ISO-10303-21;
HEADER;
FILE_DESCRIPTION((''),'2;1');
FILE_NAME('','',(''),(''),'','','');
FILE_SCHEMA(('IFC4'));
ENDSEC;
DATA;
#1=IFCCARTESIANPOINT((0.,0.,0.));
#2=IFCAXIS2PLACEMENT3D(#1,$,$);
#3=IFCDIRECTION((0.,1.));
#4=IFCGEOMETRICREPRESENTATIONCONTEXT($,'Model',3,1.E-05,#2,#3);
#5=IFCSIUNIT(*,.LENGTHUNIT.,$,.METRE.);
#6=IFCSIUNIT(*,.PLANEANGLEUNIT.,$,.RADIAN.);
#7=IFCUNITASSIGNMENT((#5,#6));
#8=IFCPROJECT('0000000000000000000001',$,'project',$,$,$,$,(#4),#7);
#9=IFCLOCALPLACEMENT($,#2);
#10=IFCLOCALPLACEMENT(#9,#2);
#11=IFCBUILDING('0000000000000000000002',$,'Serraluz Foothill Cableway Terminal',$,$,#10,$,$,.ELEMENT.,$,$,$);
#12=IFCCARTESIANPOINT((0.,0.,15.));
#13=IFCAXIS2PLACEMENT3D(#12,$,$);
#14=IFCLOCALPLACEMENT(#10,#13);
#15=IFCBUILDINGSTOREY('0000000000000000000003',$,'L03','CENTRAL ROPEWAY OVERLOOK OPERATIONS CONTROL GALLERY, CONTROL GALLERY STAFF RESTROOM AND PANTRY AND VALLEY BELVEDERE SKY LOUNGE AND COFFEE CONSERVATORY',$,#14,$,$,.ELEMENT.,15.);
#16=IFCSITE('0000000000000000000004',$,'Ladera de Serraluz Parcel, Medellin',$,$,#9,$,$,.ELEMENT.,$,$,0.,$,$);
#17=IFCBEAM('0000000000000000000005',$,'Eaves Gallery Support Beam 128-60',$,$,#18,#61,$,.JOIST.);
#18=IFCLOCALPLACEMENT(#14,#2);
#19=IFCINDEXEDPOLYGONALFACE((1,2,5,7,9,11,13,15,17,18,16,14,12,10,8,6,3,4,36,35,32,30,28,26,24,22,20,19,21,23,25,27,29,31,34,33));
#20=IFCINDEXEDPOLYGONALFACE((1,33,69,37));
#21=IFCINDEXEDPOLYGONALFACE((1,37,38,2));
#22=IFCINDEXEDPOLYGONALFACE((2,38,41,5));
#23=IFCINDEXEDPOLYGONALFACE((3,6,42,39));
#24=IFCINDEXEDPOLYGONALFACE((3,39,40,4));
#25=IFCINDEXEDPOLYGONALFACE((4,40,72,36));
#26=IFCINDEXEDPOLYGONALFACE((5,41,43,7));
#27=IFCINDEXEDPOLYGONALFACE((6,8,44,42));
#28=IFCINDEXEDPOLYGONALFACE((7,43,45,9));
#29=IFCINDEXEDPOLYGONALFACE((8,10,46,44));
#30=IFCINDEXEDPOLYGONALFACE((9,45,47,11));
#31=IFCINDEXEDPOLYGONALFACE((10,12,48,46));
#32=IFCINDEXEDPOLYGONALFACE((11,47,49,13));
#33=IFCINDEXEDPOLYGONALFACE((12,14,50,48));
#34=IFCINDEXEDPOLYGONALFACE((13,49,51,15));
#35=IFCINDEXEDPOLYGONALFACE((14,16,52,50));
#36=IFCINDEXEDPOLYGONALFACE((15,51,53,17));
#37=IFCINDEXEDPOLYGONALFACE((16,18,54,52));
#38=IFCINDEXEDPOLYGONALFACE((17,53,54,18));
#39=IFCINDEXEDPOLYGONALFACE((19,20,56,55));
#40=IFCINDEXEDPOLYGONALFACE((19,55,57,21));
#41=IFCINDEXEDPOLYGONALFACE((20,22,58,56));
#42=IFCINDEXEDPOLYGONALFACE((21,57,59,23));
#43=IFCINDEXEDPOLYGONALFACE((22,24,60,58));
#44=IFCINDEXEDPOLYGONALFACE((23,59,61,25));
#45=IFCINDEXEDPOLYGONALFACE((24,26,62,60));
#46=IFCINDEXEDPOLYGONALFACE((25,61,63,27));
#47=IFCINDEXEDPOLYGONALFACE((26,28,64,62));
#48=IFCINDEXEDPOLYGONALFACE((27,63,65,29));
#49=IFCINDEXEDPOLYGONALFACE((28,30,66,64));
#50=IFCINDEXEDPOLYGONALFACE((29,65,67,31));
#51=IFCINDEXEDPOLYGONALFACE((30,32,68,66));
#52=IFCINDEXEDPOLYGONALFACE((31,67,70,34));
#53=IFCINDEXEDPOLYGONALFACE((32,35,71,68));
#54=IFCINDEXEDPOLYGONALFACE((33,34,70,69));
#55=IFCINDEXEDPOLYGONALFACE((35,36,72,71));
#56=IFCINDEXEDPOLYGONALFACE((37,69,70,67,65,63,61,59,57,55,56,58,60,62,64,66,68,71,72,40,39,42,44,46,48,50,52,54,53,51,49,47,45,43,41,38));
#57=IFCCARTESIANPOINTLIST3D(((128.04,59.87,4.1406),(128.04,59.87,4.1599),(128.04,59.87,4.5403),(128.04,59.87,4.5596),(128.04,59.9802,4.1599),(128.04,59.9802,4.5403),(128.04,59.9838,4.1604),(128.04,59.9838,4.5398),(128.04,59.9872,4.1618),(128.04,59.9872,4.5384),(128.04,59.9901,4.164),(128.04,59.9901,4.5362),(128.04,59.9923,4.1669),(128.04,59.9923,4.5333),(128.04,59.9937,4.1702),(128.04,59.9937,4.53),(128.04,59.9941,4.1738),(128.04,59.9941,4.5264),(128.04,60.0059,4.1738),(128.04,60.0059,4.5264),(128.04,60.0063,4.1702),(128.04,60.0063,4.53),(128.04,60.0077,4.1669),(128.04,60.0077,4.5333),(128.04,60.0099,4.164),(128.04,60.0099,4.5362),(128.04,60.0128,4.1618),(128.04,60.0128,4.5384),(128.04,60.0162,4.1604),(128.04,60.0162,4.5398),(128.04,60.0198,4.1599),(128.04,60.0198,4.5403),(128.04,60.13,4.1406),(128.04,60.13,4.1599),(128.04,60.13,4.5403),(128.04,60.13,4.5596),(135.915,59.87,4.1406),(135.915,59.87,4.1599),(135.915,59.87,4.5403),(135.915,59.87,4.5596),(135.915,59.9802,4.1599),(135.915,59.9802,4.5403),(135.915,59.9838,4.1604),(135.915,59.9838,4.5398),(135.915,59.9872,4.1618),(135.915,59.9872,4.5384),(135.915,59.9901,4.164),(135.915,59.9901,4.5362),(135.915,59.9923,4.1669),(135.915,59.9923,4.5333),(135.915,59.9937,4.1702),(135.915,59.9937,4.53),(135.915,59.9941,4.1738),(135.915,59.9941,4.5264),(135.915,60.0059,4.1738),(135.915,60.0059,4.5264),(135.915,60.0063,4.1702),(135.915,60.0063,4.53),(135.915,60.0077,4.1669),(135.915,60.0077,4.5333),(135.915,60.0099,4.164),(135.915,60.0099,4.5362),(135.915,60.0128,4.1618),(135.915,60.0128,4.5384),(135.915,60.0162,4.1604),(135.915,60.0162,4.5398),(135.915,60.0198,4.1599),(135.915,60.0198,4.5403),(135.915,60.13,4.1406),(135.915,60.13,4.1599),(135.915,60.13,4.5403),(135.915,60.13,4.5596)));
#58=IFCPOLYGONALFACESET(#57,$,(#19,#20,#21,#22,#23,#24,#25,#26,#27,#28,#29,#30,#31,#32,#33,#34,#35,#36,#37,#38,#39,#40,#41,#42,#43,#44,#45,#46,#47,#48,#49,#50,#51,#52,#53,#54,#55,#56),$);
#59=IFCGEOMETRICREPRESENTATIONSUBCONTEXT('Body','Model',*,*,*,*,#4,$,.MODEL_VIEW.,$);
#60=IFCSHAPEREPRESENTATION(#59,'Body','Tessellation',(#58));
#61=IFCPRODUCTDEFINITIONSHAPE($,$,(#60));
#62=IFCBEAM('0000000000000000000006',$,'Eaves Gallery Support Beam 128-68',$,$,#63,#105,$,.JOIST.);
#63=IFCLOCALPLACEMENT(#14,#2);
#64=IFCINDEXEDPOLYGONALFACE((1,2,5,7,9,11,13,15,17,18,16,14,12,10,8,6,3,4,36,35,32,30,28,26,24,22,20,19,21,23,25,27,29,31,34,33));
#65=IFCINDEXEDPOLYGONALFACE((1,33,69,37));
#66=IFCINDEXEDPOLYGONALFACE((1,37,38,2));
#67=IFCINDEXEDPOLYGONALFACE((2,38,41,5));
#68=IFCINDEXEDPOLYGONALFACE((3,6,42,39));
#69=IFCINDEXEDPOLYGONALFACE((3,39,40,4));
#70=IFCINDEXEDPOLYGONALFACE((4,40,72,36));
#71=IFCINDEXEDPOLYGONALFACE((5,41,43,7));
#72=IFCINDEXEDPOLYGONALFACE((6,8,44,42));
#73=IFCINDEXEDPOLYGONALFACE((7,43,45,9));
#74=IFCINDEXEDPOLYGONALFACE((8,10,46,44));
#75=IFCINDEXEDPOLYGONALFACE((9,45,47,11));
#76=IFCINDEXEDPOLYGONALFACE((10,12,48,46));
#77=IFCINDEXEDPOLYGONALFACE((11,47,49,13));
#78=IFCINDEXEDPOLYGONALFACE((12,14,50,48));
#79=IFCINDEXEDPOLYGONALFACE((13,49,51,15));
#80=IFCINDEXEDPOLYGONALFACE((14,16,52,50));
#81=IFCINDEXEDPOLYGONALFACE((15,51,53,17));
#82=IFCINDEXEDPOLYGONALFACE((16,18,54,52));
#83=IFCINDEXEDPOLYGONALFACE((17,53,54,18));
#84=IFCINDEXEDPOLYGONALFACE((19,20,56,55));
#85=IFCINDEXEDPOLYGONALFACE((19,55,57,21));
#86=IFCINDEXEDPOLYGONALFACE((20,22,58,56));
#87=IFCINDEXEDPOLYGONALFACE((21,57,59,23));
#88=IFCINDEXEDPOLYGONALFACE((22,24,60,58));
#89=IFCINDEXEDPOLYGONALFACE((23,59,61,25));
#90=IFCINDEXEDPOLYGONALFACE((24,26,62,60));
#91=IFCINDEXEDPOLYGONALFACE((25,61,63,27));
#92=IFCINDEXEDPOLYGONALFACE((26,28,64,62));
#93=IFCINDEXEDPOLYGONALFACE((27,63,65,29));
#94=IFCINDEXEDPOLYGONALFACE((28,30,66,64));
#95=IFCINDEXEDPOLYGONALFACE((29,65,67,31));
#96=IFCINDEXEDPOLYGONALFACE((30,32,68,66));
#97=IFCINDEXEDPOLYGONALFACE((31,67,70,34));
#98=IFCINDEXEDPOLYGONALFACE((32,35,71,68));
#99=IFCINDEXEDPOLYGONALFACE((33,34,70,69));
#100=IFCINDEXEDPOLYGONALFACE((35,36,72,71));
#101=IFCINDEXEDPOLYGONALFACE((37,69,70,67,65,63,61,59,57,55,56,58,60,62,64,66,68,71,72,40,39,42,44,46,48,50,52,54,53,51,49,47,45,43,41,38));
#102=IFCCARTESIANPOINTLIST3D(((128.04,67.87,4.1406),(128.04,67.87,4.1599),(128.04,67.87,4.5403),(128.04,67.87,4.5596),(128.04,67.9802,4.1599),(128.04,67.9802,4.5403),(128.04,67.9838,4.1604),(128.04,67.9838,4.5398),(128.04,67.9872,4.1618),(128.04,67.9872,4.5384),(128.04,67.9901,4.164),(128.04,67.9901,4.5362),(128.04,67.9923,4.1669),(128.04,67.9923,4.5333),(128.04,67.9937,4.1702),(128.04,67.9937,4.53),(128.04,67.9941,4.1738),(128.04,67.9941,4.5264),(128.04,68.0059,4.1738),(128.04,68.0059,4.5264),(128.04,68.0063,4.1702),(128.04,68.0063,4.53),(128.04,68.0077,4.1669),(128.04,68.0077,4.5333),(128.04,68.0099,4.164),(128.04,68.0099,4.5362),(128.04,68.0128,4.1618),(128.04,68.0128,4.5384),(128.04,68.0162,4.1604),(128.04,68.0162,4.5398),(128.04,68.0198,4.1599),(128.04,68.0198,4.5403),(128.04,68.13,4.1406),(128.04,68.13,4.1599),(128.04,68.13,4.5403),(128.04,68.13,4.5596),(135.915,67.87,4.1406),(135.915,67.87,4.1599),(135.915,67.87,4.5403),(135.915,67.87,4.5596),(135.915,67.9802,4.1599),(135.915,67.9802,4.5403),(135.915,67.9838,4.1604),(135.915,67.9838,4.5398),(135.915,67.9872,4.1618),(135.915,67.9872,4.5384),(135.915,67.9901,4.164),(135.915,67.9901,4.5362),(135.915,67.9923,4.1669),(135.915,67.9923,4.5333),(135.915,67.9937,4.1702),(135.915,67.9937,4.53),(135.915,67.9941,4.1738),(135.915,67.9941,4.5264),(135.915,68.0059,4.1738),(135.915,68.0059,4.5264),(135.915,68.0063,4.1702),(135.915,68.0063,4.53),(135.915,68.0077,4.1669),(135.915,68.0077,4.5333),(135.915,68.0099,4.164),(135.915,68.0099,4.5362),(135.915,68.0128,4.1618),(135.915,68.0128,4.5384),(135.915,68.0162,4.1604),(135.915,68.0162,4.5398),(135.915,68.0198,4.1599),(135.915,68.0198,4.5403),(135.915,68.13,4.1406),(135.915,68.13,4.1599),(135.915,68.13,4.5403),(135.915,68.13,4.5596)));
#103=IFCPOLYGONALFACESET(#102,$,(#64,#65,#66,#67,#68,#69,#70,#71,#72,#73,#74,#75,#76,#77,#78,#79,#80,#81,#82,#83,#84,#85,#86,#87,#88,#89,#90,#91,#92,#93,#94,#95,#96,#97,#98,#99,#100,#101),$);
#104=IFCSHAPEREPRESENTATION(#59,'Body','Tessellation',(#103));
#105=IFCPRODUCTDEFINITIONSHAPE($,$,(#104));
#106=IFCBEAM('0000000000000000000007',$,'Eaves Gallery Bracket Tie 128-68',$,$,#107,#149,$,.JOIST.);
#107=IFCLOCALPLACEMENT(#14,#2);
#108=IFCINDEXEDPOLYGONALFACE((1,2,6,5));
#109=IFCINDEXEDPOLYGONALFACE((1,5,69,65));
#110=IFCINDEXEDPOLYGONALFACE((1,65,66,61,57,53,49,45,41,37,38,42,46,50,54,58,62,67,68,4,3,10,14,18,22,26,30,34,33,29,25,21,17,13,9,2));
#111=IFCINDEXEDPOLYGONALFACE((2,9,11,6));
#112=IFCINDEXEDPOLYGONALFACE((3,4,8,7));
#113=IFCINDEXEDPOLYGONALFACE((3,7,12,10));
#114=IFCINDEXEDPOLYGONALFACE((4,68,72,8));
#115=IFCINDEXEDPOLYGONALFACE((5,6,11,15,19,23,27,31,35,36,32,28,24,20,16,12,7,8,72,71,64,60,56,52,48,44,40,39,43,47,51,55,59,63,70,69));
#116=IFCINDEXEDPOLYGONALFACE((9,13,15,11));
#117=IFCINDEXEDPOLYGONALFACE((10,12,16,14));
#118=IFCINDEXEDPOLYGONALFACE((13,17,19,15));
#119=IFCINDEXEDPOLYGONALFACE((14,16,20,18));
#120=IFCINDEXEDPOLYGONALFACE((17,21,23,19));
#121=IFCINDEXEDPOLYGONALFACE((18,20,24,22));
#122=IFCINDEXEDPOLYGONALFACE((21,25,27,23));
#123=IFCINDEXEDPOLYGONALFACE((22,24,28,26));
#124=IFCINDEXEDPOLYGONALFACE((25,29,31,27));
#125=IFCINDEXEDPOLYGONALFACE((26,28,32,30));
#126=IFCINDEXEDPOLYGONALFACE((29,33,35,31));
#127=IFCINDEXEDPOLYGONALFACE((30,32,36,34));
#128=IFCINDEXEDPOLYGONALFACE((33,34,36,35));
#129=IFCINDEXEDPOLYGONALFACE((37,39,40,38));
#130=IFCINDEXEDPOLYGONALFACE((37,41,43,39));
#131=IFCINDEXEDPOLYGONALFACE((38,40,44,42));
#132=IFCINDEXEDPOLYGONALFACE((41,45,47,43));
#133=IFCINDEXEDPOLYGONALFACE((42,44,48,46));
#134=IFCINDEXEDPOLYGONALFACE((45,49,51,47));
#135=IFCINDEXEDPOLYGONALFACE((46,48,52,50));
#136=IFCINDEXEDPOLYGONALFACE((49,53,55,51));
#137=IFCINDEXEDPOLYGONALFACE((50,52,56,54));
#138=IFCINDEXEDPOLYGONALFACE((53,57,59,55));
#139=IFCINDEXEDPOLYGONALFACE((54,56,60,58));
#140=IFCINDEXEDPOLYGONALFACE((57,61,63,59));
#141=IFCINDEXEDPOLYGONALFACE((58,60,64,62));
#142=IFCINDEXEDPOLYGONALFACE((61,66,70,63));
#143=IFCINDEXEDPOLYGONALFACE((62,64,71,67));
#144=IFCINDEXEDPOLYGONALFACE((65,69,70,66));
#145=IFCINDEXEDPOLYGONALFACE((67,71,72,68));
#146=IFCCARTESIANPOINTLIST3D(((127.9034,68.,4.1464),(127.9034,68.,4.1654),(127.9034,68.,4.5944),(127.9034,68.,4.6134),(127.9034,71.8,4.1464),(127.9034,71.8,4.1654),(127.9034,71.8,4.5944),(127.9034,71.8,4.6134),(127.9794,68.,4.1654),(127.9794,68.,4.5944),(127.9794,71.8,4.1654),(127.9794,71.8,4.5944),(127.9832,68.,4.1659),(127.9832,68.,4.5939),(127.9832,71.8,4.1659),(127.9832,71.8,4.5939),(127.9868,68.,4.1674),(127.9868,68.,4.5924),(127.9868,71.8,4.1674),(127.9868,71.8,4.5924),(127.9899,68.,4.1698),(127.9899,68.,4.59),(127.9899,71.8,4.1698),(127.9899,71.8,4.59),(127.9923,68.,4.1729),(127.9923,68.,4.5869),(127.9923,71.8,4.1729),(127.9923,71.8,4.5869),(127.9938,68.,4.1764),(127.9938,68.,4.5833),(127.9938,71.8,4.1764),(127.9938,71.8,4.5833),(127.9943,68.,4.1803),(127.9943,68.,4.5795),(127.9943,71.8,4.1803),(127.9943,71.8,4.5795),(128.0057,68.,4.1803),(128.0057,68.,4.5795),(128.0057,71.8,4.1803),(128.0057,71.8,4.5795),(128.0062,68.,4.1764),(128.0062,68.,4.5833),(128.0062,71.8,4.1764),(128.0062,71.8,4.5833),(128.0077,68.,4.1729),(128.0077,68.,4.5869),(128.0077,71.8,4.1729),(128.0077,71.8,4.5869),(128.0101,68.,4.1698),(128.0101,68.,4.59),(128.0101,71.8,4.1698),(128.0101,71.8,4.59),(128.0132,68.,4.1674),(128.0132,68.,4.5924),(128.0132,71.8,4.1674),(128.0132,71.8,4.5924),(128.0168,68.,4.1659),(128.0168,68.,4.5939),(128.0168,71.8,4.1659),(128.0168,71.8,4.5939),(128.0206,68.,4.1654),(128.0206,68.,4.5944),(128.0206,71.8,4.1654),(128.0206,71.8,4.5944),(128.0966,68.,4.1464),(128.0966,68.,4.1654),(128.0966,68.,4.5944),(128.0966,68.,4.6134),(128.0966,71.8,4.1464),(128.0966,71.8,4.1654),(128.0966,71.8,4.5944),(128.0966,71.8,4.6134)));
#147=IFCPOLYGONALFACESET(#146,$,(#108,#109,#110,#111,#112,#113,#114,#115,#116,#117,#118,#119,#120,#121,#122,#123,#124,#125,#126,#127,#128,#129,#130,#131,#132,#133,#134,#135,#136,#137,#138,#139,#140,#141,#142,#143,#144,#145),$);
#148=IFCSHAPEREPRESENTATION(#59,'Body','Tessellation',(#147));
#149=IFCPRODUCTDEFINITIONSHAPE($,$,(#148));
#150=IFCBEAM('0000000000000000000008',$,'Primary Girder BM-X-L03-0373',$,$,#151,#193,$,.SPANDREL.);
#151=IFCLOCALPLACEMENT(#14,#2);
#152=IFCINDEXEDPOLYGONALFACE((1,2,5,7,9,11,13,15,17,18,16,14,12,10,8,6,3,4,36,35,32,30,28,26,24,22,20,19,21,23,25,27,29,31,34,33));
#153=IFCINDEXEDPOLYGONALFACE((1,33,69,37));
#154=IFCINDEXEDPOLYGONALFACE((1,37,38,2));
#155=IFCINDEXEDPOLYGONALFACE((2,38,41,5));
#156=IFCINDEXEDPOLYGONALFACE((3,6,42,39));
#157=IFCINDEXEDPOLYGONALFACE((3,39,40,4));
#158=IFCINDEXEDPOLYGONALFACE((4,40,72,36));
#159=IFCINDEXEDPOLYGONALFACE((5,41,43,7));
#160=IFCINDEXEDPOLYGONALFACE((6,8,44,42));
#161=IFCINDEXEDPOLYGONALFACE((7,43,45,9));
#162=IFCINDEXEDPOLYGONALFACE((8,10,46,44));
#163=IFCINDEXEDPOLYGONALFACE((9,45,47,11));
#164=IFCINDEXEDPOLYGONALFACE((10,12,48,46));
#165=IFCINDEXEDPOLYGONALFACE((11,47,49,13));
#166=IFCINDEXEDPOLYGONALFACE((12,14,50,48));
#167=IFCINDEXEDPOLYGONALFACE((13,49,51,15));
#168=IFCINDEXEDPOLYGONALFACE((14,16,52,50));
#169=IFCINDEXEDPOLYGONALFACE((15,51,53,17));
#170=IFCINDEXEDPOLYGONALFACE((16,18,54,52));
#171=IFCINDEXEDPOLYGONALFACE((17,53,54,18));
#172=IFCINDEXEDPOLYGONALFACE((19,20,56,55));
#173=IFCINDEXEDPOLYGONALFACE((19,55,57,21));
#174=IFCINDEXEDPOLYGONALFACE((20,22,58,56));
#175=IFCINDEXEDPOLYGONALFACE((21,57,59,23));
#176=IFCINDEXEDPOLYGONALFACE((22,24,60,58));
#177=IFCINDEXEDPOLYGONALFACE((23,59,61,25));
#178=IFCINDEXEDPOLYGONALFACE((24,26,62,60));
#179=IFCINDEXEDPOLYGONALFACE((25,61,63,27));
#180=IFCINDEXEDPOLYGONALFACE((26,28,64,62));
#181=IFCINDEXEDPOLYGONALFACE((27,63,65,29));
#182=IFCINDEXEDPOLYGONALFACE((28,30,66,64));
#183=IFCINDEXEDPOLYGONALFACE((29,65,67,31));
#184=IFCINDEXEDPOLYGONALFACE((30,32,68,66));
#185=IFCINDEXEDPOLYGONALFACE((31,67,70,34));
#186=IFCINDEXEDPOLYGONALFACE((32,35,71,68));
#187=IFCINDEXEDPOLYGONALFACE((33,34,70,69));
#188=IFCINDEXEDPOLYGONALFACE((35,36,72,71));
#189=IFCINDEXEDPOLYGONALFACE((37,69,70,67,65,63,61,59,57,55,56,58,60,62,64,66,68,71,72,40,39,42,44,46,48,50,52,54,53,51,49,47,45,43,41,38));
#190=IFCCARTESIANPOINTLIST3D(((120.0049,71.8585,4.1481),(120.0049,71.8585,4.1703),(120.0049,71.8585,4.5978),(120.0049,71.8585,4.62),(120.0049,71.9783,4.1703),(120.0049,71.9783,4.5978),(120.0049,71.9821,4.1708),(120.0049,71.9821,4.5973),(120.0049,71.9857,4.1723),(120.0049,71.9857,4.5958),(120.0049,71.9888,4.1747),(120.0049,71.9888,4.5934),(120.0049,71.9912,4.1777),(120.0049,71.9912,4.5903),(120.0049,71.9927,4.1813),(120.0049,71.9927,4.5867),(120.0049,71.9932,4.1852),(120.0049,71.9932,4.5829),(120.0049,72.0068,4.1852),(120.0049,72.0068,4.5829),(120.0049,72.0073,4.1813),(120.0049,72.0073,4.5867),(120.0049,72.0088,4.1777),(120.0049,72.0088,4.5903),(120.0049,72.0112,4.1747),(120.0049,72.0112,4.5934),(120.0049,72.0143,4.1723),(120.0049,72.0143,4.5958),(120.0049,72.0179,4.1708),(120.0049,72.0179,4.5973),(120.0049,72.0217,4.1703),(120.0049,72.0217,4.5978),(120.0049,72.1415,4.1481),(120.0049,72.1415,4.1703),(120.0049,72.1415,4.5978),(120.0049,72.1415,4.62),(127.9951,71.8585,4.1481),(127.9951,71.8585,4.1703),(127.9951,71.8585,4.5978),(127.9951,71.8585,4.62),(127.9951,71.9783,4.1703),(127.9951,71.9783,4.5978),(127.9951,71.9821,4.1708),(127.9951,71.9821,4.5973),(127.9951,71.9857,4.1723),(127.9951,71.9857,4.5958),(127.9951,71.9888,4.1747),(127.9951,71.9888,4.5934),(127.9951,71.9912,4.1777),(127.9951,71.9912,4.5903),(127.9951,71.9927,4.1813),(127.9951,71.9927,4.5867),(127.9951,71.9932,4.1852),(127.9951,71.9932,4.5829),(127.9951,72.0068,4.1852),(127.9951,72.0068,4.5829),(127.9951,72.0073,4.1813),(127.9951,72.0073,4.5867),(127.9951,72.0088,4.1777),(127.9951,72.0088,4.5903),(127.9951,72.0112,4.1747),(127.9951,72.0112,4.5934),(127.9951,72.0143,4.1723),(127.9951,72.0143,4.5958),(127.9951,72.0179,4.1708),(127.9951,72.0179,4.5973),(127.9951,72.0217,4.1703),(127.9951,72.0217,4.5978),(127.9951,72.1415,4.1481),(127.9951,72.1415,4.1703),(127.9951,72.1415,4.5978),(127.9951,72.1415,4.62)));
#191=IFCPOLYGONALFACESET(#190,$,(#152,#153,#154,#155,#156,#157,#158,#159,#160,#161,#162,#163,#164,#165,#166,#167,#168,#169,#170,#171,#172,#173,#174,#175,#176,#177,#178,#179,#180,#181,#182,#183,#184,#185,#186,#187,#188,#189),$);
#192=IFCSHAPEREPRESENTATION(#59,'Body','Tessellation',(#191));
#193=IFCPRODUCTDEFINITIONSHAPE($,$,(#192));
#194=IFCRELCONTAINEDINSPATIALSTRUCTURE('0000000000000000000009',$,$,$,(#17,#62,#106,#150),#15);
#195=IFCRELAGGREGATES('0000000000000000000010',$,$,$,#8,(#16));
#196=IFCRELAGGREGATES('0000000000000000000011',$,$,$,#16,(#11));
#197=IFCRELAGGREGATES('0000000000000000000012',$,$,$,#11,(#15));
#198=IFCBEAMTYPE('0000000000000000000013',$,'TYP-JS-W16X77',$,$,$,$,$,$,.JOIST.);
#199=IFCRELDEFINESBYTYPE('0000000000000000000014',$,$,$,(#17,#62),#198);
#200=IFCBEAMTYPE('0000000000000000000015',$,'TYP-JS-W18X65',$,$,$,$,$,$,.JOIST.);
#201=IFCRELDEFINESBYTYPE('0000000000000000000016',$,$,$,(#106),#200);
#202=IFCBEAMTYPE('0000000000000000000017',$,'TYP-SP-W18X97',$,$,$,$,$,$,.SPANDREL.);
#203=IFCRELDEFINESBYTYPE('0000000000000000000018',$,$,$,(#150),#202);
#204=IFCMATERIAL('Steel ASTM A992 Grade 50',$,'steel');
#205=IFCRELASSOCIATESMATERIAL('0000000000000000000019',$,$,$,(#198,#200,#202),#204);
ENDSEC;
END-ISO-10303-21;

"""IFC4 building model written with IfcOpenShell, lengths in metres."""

from ifc_helpers import new_model, si_unit, direction, frame, origin, origin_2d, place, context, subcontext, project, spatial, i_section, extrude, material, material_profile, profile_set, type_object, element, save


model = new_model("IFC4")

# Units and contexts
model_context = context("Model", 3, precision=1e-05, world=origin(), true_north=direction((0.0, 1.0)))
body_context = subcontext(model_context, "Body", "Model", "MODEL_VIEW")
ifc_project = project(units=[si_unit("LENGTHUNIT", "METRE"), si_unit("PLANEANGLEUNIT", "RADIAN")], contexts=[model_context])

# Site, building, storey
site_placement = place(None, origin())
site = spatial("IfcSite", under=ifc_project, at=site_placement, Name="Ladera de Serraluz Parcel, Medellin", CompositionType="ELEMENT", RefElevation=0.0)
building_placement = place(site_placement, origin())
building = spatial("IfcBuilding", under=site, at=building_placement, Name="Serraluz Foothill Cableway Terminal", CompositionType="ELEMENT")
storey_placement = place(building_placement, frame((0.0, 0.0, 15.0)))
storey = spatial("IfcBuildingStorey", under=building, at=storey_placement, Name="L03", Description="CENTRAL ROPEWAY OVERLOOK OPERATIONS CONTROL GALLERY, CONTROL GALLERY STAFF RESTROOM AND PANTRY AND VALLEY BELVEDERE SKY LOUNGE AND COFFEE CONSERVATORY", CompositionType="ELEMENT", Elevation=15.0)

# Beams
ifc_material_1 = material(Name="Steel ASTM A992 Grade 50", Category="steel")
ifc_material_profile_1 = material_profile(ifc_material_1, i_section(OverallWidth=0.26, OverallDepth=0.4189, WebThickness=0.0117, FlangeThickness=0.0193, FilletRadius=0.0139, at=origin_2d()), Name="W16X77")
ifc_profile_set_1 = profile_set([ifc_material_profile_1], Name="Steel ASTM A992 Grade 50")
beam_type_1 = type_object("IfcBeamType", Name="TYP-JS-W16X77", PredefinedType="JOIST", material=ifc_profile_set_1)
for number, where, z_axis, x_axis, name in (
    (1, (128.04, 60.0, 4.3501), (1.0, 0.0, 0.0), (0.0, 1.0, 0.0), "Eaves Gallery Support Beam 128-60"),
    (2, (128.04, 68.0, 4.3501), (1.0, 0.0, 0.0), (0.0, 1.0, 0.0), "Eaves Gallery Support Beam 128-68"),
):
    element("IfcBeam", number, at=place(storey_placement, frame(where, z_axis=z_axis, x_axis=x_axis)), inside=storey, type_object=beam_type_1, Name=name, PredefinedType="JOIST", context=body_context, shape_type="SweptSolid", body=[
        extrude(i_section(OverallWidth=0.26, OverallDepth=0.4189, WebThickness=0.0117, FlangeThickness=0.0193, FilletRadius=0.0139, at=origin_2d()), origin(), (0.0, 0.0, 1.0), 7.875),
    ])
ifc_material_profile_2 = material_profile(ifc_material_1, i_section(OverallWidth=0.1931, OverallDepth=0.467, WebThickness=0.0115, FlangeThickness=0.019, FilletRadius=0.0149, at=origin_2d()), Name="W18X65")
ifc_profile_set_2 = profile_set([ifc_material_profile_2], Name="Steel ASTM A992 Grade 50")
beam_type_2 = type_object("IfcBeamType", Name="TYP-JS-W18X65", PredefinedType="JOIST", material=ifc_profile_set_2)
beam_1_placement = place(storey_placement, frame((128.0, 68.0, 4.3799), z_axis=(0.0, 1.0, 0.0), x_axis=(-1.0, 0.0, 0.0)))
element("IfcBeam", 3, at=beam_1_placement, inside=storey, type_object=beam_type_2, Name="Eaves Gallery Bracket Tie 128-68", PredefinedType="JOIST", context=body_context, shape_type="SweptSolid", body=[
    extrude(i_section(OverallWidth=0.1931, OverallDepth=0.467, WebThickness=0.0115, FlangeThickness=0.019, FilletRadius=0.0149, at=origin_2d()), origin(), (0.0, 0.0, 1.0), 3.8),
])
ifc_material_profile_3 = material_profile(ifc_material_1, i_section(OverallWidth=0.283, OverallDepth=0.4719, WebThickness=0.0137, FlangeThickness=0.0222, FilletRadius=0.0149, at=origin_2d()), Name="W18X97")
ifc_profile_set_3 = profile_set([ifc_material_profile_3], Name="Steel ASTM A992 Grade 50")
beam_type_3 = type_object("IfcBeamType", Name="TYP-SP-W18X97", PredefinedType="SPANDREL", material=ifc_profile_set_3)
beam_2_placement = place(storey_placement, frame((120.0049, 72.0, 4.384), z_axis=(1.0, 0.0, 0.0), x_axis=(0.0, 1.0, 0.0)))
element("IfcBeam", 4, at=beam_2_placement, inside=storey, type_object=beam_type_3, Name="Primary Girder BM-X-L03-0373", PredefinedType="SPANDREL", context=body_context, shape_type="SweptSolid", body=[
    extrude(i_section(OverallWidth=0.283, OverallDepth=0.4719, WebThickness=0.0137, FlangeThickness=0.0222, FilletRadius=0.0149, at=origin_2d()), origin(), (0.0, 0.0, 1.0), 7.9902),
])

save(model, "model.ifc")
